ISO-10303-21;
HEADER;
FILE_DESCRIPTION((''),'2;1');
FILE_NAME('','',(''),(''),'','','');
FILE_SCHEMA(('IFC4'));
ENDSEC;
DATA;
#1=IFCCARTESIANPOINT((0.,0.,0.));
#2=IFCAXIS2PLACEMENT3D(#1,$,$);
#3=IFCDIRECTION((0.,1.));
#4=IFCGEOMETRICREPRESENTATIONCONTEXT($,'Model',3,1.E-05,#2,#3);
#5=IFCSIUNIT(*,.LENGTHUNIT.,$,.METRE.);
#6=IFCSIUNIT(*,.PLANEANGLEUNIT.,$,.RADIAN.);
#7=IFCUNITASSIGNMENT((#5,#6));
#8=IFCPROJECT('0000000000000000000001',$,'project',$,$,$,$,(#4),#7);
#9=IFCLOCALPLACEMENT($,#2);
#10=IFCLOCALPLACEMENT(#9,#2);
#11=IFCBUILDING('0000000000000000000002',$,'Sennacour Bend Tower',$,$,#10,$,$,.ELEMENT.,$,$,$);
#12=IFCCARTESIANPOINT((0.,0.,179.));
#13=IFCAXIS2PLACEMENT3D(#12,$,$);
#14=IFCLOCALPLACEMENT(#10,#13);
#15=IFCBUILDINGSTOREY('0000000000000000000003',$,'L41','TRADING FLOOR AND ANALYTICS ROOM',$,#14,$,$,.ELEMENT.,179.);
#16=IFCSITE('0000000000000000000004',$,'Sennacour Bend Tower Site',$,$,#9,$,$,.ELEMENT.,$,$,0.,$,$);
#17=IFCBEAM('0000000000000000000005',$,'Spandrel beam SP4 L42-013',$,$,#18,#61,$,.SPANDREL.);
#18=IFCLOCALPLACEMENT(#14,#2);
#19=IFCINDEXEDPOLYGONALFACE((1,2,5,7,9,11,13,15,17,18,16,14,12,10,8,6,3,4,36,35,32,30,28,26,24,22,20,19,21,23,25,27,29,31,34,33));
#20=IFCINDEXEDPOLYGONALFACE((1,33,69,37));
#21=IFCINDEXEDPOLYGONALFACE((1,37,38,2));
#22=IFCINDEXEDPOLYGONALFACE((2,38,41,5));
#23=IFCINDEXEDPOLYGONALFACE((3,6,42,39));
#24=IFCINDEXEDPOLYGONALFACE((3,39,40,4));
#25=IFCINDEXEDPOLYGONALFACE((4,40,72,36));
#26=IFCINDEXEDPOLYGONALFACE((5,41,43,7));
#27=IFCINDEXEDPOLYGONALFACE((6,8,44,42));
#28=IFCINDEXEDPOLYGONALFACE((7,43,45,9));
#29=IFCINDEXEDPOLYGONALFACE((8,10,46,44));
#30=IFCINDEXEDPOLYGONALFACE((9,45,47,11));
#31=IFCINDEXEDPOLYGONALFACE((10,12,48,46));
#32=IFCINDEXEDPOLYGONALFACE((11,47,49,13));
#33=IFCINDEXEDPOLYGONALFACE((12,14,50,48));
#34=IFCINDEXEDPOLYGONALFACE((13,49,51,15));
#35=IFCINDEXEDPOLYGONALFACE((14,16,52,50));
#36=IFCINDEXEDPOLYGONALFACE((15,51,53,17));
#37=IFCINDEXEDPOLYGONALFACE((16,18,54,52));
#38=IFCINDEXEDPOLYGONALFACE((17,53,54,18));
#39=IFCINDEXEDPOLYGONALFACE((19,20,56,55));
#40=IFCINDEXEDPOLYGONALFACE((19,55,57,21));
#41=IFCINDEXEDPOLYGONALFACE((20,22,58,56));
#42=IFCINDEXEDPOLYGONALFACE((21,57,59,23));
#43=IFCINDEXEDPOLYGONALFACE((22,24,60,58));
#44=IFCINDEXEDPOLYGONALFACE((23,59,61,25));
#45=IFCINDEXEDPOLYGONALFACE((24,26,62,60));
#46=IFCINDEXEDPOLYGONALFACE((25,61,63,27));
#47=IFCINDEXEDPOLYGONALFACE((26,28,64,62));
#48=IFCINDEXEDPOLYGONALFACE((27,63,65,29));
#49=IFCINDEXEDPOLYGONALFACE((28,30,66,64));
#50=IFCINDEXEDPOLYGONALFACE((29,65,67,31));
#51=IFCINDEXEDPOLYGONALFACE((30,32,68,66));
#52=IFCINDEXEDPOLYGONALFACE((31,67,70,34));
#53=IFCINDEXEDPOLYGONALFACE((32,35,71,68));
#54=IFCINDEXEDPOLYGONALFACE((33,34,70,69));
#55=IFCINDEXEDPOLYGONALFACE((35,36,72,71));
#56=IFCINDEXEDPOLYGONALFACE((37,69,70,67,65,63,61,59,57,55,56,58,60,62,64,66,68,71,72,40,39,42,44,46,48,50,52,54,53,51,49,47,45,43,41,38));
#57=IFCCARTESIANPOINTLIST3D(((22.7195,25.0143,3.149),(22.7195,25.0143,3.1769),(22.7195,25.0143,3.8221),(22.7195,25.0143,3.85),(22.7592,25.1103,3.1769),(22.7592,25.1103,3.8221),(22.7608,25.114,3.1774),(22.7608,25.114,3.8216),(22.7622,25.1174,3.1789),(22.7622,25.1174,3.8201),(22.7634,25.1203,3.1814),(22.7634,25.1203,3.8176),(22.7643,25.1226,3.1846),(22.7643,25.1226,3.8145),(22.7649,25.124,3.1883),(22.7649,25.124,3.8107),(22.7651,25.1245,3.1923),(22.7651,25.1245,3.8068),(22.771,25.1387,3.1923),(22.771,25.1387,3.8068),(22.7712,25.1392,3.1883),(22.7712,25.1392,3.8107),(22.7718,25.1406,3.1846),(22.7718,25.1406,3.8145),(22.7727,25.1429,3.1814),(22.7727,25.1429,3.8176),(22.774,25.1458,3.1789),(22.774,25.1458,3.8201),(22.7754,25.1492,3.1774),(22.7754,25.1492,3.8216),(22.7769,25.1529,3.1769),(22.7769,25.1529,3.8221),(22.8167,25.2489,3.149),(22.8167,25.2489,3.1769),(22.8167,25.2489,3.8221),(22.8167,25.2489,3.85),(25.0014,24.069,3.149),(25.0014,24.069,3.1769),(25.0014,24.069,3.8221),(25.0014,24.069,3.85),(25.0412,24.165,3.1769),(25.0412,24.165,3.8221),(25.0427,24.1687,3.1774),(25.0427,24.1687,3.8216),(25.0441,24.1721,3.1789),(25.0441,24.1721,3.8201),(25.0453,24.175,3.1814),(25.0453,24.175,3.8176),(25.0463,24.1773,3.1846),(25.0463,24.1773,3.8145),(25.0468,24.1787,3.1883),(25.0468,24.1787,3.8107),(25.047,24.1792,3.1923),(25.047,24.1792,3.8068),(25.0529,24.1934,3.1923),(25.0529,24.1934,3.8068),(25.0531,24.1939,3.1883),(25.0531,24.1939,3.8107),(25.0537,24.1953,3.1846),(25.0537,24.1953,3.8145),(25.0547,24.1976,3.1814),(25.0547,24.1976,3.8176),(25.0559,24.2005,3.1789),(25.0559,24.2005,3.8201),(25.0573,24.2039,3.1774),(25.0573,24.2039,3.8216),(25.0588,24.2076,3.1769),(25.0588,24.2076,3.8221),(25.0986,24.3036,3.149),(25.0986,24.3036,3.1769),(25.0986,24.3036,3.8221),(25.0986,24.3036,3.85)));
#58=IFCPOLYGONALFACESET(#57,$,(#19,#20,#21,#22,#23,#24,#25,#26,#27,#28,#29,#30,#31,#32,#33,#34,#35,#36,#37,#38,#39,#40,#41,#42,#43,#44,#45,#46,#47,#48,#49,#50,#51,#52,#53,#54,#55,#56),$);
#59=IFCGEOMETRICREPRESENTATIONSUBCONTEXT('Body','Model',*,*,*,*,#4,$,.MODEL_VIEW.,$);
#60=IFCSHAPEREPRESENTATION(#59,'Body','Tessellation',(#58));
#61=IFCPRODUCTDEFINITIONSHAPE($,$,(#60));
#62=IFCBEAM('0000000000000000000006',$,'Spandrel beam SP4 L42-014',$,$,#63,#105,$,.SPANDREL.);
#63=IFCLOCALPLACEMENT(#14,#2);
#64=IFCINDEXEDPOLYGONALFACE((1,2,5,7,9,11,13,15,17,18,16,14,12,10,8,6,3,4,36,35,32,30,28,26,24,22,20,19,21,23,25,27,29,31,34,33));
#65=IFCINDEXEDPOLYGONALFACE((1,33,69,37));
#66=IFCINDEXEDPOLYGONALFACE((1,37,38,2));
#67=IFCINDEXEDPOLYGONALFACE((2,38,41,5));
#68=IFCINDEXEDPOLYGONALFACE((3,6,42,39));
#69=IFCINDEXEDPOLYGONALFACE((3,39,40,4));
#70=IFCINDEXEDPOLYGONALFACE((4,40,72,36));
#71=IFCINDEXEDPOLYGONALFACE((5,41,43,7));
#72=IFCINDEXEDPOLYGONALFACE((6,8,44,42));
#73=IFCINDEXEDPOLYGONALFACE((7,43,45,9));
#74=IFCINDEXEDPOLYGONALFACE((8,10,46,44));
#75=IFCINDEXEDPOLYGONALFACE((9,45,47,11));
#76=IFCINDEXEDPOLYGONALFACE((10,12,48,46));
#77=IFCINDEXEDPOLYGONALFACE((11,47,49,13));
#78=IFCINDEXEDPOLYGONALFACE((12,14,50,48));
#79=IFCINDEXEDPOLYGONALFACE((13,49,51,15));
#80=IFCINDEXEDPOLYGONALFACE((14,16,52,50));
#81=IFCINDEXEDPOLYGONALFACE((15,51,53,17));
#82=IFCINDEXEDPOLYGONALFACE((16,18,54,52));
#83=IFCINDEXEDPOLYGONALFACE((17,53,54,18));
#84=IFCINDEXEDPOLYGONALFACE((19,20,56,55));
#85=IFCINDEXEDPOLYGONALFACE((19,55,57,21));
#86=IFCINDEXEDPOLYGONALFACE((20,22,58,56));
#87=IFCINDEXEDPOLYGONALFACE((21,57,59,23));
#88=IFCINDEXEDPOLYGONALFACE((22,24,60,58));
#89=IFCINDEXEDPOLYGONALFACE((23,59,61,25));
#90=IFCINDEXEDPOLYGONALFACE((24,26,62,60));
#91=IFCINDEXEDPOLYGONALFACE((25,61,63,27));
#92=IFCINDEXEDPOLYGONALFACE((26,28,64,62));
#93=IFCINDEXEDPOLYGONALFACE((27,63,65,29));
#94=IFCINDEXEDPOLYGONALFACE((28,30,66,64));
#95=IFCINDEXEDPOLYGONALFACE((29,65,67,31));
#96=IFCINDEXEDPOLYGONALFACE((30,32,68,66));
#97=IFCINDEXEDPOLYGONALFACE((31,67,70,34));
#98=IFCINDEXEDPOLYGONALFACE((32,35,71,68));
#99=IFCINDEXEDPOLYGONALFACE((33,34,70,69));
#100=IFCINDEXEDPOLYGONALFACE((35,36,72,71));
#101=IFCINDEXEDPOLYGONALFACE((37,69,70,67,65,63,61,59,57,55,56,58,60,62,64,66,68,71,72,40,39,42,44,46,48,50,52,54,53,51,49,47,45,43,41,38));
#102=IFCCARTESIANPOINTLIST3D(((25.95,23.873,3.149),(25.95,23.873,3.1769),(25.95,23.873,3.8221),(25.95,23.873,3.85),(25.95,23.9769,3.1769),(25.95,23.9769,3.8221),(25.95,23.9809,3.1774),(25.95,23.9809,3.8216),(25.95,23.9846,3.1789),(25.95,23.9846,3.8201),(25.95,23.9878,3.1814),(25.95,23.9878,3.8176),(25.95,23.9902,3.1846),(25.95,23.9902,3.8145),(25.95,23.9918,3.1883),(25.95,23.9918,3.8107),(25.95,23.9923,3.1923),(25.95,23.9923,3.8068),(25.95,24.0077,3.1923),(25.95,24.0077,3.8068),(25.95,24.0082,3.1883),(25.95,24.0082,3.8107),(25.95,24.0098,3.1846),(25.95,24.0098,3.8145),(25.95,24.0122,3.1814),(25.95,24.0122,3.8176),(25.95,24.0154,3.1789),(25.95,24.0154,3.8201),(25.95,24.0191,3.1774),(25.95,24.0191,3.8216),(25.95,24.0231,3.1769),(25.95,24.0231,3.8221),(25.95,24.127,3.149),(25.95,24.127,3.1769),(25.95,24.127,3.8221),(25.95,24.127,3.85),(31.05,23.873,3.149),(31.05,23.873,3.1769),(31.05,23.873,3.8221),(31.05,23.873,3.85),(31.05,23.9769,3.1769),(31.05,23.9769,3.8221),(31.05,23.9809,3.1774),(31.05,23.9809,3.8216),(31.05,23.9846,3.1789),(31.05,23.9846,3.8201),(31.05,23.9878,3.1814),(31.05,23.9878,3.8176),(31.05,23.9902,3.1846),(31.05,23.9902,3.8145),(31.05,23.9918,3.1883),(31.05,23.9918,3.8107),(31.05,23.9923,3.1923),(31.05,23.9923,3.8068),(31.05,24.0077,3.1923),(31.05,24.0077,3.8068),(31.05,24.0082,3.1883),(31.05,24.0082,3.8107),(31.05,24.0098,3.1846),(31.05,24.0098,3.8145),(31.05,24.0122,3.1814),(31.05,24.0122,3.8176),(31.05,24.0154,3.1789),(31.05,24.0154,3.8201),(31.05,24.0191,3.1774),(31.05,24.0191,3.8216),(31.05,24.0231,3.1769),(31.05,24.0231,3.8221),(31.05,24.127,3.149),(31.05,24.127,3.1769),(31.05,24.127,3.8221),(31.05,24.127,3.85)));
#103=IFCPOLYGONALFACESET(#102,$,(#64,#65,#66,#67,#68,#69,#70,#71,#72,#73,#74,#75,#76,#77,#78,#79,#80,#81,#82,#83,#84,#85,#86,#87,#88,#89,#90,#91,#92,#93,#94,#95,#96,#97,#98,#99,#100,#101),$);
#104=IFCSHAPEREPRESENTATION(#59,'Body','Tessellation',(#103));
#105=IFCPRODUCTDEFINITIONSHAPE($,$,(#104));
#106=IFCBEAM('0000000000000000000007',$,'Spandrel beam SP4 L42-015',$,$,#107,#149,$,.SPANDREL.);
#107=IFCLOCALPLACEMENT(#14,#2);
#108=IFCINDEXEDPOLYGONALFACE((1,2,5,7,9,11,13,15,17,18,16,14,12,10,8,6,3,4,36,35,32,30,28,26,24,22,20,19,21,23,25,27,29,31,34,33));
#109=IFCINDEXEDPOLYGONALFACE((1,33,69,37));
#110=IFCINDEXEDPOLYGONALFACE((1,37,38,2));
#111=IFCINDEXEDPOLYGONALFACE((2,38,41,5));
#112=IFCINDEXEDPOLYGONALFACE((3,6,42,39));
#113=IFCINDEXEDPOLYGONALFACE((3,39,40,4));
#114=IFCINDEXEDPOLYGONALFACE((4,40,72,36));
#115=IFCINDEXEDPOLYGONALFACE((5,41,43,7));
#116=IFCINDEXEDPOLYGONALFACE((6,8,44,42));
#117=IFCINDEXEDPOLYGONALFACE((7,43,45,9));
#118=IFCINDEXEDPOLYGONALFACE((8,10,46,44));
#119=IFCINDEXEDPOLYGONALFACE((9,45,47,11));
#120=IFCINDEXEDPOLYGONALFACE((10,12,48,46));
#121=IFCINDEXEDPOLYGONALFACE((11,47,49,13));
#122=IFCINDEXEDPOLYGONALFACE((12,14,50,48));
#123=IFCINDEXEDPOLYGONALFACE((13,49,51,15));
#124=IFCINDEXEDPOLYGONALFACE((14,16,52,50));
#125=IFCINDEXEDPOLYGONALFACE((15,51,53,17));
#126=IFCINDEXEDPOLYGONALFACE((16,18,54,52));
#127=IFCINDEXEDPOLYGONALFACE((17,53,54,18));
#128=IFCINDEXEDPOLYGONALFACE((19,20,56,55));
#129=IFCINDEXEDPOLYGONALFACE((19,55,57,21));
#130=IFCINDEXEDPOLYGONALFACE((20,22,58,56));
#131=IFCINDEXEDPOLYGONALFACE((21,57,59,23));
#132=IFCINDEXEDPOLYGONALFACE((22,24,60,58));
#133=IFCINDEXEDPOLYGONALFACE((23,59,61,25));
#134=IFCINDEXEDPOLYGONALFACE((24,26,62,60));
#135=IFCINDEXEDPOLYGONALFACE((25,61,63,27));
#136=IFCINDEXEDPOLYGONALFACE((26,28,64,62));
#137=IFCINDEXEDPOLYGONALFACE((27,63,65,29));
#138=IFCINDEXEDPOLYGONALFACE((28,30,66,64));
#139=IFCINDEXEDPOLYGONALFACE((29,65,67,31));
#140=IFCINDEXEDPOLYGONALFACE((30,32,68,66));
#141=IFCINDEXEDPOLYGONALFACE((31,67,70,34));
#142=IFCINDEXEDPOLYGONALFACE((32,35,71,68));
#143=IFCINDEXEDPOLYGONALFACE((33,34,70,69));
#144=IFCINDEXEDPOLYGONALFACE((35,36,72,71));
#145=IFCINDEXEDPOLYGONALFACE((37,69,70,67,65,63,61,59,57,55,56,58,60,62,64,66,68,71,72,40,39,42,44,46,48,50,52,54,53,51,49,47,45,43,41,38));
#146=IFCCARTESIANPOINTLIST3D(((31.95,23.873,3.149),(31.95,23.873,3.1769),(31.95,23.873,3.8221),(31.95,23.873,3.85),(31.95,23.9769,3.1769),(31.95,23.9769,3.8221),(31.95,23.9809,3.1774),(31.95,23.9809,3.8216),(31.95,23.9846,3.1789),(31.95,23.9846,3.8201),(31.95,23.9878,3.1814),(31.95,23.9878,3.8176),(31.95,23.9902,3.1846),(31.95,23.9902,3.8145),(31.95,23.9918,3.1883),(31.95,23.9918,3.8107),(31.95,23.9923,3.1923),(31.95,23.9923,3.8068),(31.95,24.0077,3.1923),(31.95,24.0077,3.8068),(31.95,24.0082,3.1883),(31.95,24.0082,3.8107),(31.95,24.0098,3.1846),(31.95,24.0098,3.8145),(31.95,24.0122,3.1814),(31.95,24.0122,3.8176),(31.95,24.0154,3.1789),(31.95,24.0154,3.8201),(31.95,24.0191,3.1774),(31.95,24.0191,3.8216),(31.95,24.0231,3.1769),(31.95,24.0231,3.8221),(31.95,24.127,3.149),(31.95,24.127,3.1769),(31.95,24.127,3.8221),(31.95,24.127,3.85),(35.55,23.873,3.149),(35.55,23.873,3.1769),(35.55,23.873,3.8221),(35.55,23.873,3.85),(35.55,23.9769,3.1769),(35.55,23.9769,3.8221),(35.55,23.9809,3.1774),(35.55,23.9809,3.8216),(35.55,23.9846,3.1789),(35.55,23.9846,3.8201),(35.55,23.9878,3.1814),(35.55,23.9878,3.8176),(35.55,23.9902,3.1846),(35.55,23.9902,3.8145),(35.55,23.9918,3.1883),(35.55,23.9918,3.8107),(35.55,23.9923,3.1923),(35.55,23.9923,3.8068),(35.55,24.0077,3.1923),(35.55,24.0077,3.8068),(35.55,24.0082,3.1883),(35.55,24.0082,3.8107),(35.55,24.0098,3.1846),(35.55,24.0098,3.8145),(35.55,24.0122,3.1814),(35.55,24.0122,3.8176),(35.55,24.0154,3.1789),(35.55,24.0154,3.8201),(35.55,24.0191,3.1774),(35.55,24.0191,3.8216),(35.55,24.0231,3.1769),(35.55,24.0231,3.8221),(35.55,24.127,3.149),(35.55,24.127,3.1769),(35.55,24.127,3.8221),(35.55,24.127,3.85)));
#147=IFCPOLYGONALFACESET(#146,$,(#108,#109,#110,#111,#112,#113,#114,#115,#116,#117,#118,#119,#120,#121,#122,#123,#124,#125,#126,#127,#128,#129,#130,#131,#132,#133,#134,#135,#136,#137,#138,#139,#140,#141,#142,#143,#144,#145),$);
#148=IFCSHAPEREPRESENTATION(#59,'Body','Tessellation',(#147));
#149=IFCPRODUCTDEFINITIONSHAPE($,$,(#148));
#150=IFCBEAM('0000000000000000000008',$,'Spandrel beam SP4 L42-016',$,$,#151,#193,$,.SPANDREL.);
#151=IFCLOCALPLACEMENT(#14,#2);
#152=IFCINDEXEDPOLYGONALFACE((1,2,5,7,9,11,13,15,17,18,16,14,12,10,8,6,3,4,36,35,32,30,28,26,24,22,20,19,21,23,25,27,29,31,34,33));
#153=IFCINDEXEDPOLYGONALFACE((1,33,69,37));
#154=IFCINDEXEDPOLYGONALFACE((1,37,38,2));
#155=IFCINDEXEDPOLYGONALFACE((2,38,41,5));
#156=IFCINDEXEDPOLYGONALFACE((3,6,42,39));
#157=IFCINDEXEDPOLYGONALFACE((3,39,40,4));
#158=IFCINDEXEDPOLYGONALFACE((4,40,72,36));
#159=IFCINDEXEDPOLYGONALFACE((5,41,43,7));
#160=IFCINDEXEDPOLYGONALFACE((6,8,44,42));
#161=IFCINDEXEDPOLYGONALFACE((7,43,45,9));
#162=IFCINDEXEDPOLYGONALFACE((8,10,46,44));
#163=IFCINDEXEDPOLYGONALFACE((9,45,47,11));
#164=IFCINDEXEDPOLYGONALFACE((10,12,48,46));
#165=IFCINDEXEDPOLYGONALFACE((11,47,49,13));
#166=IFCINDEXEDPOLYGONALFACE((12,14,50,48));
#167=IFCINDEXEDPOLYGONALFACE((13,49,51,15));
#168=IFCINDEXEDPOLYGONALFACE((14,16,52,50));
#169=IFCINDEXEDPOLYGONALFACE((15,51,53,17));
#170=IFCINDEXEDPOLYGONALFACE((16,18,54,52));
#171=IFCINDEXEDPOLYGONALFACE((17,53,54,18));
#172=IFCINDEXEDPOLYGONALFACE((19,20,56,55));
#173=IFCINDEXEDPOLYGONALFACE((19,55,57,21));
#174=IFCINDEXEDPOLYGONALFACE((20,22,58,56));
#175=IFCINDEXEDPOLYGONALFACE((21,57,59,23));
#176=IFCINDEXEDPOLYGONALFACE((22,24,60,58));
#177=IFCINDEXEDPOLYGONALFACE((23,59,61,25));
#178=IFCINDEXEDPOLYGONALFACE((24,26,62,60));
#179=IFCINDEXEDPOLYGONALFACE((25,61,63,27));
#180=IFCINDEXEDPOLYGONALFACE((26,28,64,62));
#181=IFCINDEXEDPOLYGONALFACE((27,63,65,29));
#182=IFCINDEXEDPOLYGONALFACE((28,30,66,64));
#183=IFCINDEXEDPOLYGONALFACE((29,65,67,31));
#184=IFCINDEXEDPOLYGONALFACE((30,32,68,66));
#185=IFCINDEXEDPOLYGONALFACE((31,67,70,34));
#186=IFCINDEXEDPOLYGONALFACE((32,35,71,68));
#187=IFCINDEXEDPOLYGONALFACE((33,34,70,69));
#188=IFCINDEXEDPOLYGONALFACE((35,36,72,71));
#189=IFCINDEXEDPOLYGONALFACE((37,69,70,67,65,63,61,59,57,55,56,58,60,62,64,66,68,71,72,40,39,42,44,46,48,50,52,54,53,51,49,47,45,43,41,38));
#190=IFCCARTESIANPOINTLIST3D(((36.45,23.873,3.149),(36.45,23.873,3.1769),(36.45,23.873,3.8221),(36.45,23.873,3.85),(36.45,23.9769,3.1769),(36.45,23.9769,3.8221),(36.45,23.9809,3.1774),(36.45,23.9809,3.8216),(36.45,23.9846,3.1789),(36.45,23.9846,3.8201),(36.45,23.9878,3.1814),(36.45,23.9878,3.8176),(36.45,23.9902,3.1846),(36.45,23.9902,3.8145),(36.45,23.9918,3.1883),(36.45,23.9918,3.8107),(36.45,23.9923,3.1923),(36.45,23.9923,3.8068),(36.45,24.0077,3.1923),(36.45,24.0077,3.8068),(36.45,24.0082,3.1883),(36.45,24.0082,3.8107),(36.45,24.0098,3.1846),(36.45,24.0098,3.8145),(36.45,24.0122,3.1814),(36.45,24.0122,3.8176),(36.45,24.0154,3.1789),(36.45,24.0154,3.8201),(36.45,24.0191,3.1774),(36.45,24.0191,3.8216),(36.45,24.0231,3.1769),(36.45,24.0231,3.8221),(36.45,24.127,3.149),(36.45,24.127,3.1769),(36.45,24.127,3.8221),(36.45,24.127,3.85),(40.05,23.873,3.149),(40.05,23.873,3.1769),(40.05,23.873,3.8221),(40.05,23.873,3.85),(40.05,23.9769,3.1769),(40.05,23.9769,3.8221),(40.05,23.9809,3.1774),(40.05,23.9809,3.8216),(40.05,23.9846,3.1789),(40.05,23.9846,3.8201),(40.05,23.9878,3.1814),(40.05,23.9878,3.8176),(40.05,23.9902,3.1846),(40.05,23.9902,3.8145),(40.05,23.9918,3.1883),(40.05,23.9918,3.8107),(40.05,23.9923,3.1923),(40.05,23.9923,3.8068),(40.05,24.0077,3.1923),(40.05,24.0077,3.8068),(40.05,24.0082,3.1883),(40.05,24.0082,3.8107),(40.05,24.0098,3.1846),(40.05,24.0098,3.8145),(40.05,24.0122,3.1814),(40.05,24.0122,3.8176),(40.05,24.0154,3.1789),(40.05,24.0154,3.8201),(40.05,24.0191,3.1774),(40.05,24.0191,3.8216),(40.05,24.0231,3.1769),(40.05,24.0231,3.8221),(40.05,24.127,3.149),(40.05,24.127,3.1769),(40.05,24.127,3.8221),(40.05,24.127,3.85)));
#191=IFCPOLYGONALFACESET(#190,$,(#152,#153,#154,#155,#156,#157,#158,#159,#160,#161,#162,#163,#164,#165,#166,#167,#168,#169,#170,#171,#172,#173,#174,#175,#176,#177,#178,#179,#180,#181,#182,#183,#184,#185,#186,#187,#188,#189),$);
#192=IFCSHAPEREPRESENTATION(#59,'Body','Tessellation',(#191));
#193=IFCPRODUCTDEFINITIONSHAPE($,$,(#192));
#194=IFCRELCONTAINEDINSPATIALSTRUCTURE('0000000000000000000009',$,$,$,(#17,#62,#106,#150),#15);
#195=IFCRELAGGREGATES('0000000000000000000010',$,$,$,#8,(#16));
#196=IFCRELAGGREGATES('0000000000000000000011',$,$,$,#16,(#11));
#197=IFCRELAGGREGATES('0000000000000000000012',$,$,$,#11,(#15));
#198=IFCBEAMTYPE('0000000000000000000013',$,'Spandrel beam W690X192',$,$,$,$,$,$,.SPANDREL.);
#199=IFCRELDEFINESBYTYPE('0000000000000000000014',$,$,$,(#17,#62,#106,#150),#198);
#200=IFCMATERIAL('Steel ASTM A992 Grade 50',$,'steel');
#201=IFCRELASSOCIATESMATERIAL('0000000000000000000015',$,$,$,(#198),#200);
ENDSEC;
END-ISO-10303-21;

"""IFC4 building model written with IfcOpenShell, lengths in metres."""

from ifc_helpers import new_model, si_unit, direction, frame, origin, origin_2d, place, context, subcontext, project, spatial, i_section, extrude, material, material_profile, profile_set, type_object, element, save


model = new_model("IFC4")

# Units and contexts
model_context = context("Model", 3, precision=1e-05, world=origin(), true_north=direction((0.0, 1.0)))
body_context = subcontext(model_context, "Body", "Model", "MODEL_VIEW")
ifc_project = project(units=[si_unit("LENGTHUNIT", "METRE"), si_unit("PLANEANGLEUNIT", "RADIAN")], contexts=[model_context])

# Site, building, storey
site_placement = place(None, origin())
site = spatial("IfcSite", under=ifc_project, at=site_placement, Name="Sennacour Bend Tower Site", CompositionType="ELEMENT", RefElevation=0.0)
building_placement = place(site_placement, origin())
building = spatial("IfcBuilding", under=site, at=building_placement, Name="Sennacour Bend Tower", CompositionType="ELEMENT")
storey_placement = place(building_placement, frame((0.0, 0.0, 179.0)))
storey = spatial("IfcBuildingStorey", under=building, at=storey_placement, Name="L41", Description="TRADING FLOOR AND ANALYTICS ROOM", CompositionType="ELEMENT", Elevation=179.0)

# Beams
ifc_material_1 = material(Name="Steel ASTM A992 Grade 50", Category="steel")
ifc_material_profile_1 = material_profile(ifc_material_1, i_section(OverallWidth=0.2539, OverallDepth=0.7009, WebThickness=0.0154, FlangeThickness=0.0278, FilletRadius=0.0154, at=origin_2d()), Name="Steel ASTM A992 Grade 50", Category="steel")
ifc_profile_set_1 = profile_set([ifc_material_profile_1], Name="Steel ASTM A992 Grade 50")
beam_type_1 = type_object("IfcBeamType", Name="Spandrel beam W690X192", PredefinedType="SPANDREL", material=ifc_profile_set_1)
beam_1_placement = place(storey_placement, frame((22.7681, 25.1316, 3.4995), z_axis=(0.923867, -0.382713, 0.0), x_axis=(0.382713, 0.923867, 0.0)))
element("IfcBeam", 1, at=beam_1_placement, inside=storey, type_object=beam_type_1, Name="Spandrel beam SP4 L42-013", PredefinedType="SPANDREL", context=body_context, shape_type="SweptSolid", body=[
    extrude(i_section(OverallWidth=0.2539, OverallDepth=0.7009, WebThickness=0.0154, FlangeThickness=0.0278, FilletRadius=0.0154, at=origin_2d()), origin(), (0.0, 0.0, 1.0), 2.47),
])
beam_2_placement = place(storey_placement, frame((25.95, 24.0, 3.4995), z_axis=(1.0, 0.0, 0.0), x_axis=(0.0, 1.0, 0.0)))
element("IfcBeam", 2, at=beam_2_placement, inside=storey, type_object=beam_type_1, Name="Spandrel beam SP4 L42-014", PredefinedType="SPANDREL", context=body_context, shape_type="SweptSolid", body=[
    extrude(i_section(OverallWidth=0.2539, OverallDepth=0.7009, WebThickness=0.0154, FlangeThickness=0.0278, FilletRadius=0.0154, at=origin_2d()), origin(), (0.0, 0.0, 1.0), 5.1001),
])
for number, where, z_axis, x_axis, name in (
    (3, (31.95, 24.0, 3.4995), (1.0, 0.0, 0.0), (0.0, 1.0, 0.0), "Spandrel beam SP4 L42-015"),
    (4, (36.45, 24.0, 3.4995), (1.0, 0.0, 0.0), (0.0, 1.0, 0.0), "Spandrel beam SP4 L42-016"),
):
    element("IfcBeam", number, at=place(storey_placement, frame(where, z_axis=z_axis, x_axis=x_axis)), inside=storey, type_object=beam_type_1, Name=name, PredefinedType="SPANDREL", context=body_context, shape_type="SweptSolid", body=[
        extrude(i_section(OverallWidth=0.2539, OverallDepth=0.7009, WebThickness=0.0154, FlangeThickness=0.0278, FilletRadius=0.0154, at=origin_2d()), origin(), (0.0, 0.0, 1.0), 3.6001),
    ])

save(model, "model.ifc")
